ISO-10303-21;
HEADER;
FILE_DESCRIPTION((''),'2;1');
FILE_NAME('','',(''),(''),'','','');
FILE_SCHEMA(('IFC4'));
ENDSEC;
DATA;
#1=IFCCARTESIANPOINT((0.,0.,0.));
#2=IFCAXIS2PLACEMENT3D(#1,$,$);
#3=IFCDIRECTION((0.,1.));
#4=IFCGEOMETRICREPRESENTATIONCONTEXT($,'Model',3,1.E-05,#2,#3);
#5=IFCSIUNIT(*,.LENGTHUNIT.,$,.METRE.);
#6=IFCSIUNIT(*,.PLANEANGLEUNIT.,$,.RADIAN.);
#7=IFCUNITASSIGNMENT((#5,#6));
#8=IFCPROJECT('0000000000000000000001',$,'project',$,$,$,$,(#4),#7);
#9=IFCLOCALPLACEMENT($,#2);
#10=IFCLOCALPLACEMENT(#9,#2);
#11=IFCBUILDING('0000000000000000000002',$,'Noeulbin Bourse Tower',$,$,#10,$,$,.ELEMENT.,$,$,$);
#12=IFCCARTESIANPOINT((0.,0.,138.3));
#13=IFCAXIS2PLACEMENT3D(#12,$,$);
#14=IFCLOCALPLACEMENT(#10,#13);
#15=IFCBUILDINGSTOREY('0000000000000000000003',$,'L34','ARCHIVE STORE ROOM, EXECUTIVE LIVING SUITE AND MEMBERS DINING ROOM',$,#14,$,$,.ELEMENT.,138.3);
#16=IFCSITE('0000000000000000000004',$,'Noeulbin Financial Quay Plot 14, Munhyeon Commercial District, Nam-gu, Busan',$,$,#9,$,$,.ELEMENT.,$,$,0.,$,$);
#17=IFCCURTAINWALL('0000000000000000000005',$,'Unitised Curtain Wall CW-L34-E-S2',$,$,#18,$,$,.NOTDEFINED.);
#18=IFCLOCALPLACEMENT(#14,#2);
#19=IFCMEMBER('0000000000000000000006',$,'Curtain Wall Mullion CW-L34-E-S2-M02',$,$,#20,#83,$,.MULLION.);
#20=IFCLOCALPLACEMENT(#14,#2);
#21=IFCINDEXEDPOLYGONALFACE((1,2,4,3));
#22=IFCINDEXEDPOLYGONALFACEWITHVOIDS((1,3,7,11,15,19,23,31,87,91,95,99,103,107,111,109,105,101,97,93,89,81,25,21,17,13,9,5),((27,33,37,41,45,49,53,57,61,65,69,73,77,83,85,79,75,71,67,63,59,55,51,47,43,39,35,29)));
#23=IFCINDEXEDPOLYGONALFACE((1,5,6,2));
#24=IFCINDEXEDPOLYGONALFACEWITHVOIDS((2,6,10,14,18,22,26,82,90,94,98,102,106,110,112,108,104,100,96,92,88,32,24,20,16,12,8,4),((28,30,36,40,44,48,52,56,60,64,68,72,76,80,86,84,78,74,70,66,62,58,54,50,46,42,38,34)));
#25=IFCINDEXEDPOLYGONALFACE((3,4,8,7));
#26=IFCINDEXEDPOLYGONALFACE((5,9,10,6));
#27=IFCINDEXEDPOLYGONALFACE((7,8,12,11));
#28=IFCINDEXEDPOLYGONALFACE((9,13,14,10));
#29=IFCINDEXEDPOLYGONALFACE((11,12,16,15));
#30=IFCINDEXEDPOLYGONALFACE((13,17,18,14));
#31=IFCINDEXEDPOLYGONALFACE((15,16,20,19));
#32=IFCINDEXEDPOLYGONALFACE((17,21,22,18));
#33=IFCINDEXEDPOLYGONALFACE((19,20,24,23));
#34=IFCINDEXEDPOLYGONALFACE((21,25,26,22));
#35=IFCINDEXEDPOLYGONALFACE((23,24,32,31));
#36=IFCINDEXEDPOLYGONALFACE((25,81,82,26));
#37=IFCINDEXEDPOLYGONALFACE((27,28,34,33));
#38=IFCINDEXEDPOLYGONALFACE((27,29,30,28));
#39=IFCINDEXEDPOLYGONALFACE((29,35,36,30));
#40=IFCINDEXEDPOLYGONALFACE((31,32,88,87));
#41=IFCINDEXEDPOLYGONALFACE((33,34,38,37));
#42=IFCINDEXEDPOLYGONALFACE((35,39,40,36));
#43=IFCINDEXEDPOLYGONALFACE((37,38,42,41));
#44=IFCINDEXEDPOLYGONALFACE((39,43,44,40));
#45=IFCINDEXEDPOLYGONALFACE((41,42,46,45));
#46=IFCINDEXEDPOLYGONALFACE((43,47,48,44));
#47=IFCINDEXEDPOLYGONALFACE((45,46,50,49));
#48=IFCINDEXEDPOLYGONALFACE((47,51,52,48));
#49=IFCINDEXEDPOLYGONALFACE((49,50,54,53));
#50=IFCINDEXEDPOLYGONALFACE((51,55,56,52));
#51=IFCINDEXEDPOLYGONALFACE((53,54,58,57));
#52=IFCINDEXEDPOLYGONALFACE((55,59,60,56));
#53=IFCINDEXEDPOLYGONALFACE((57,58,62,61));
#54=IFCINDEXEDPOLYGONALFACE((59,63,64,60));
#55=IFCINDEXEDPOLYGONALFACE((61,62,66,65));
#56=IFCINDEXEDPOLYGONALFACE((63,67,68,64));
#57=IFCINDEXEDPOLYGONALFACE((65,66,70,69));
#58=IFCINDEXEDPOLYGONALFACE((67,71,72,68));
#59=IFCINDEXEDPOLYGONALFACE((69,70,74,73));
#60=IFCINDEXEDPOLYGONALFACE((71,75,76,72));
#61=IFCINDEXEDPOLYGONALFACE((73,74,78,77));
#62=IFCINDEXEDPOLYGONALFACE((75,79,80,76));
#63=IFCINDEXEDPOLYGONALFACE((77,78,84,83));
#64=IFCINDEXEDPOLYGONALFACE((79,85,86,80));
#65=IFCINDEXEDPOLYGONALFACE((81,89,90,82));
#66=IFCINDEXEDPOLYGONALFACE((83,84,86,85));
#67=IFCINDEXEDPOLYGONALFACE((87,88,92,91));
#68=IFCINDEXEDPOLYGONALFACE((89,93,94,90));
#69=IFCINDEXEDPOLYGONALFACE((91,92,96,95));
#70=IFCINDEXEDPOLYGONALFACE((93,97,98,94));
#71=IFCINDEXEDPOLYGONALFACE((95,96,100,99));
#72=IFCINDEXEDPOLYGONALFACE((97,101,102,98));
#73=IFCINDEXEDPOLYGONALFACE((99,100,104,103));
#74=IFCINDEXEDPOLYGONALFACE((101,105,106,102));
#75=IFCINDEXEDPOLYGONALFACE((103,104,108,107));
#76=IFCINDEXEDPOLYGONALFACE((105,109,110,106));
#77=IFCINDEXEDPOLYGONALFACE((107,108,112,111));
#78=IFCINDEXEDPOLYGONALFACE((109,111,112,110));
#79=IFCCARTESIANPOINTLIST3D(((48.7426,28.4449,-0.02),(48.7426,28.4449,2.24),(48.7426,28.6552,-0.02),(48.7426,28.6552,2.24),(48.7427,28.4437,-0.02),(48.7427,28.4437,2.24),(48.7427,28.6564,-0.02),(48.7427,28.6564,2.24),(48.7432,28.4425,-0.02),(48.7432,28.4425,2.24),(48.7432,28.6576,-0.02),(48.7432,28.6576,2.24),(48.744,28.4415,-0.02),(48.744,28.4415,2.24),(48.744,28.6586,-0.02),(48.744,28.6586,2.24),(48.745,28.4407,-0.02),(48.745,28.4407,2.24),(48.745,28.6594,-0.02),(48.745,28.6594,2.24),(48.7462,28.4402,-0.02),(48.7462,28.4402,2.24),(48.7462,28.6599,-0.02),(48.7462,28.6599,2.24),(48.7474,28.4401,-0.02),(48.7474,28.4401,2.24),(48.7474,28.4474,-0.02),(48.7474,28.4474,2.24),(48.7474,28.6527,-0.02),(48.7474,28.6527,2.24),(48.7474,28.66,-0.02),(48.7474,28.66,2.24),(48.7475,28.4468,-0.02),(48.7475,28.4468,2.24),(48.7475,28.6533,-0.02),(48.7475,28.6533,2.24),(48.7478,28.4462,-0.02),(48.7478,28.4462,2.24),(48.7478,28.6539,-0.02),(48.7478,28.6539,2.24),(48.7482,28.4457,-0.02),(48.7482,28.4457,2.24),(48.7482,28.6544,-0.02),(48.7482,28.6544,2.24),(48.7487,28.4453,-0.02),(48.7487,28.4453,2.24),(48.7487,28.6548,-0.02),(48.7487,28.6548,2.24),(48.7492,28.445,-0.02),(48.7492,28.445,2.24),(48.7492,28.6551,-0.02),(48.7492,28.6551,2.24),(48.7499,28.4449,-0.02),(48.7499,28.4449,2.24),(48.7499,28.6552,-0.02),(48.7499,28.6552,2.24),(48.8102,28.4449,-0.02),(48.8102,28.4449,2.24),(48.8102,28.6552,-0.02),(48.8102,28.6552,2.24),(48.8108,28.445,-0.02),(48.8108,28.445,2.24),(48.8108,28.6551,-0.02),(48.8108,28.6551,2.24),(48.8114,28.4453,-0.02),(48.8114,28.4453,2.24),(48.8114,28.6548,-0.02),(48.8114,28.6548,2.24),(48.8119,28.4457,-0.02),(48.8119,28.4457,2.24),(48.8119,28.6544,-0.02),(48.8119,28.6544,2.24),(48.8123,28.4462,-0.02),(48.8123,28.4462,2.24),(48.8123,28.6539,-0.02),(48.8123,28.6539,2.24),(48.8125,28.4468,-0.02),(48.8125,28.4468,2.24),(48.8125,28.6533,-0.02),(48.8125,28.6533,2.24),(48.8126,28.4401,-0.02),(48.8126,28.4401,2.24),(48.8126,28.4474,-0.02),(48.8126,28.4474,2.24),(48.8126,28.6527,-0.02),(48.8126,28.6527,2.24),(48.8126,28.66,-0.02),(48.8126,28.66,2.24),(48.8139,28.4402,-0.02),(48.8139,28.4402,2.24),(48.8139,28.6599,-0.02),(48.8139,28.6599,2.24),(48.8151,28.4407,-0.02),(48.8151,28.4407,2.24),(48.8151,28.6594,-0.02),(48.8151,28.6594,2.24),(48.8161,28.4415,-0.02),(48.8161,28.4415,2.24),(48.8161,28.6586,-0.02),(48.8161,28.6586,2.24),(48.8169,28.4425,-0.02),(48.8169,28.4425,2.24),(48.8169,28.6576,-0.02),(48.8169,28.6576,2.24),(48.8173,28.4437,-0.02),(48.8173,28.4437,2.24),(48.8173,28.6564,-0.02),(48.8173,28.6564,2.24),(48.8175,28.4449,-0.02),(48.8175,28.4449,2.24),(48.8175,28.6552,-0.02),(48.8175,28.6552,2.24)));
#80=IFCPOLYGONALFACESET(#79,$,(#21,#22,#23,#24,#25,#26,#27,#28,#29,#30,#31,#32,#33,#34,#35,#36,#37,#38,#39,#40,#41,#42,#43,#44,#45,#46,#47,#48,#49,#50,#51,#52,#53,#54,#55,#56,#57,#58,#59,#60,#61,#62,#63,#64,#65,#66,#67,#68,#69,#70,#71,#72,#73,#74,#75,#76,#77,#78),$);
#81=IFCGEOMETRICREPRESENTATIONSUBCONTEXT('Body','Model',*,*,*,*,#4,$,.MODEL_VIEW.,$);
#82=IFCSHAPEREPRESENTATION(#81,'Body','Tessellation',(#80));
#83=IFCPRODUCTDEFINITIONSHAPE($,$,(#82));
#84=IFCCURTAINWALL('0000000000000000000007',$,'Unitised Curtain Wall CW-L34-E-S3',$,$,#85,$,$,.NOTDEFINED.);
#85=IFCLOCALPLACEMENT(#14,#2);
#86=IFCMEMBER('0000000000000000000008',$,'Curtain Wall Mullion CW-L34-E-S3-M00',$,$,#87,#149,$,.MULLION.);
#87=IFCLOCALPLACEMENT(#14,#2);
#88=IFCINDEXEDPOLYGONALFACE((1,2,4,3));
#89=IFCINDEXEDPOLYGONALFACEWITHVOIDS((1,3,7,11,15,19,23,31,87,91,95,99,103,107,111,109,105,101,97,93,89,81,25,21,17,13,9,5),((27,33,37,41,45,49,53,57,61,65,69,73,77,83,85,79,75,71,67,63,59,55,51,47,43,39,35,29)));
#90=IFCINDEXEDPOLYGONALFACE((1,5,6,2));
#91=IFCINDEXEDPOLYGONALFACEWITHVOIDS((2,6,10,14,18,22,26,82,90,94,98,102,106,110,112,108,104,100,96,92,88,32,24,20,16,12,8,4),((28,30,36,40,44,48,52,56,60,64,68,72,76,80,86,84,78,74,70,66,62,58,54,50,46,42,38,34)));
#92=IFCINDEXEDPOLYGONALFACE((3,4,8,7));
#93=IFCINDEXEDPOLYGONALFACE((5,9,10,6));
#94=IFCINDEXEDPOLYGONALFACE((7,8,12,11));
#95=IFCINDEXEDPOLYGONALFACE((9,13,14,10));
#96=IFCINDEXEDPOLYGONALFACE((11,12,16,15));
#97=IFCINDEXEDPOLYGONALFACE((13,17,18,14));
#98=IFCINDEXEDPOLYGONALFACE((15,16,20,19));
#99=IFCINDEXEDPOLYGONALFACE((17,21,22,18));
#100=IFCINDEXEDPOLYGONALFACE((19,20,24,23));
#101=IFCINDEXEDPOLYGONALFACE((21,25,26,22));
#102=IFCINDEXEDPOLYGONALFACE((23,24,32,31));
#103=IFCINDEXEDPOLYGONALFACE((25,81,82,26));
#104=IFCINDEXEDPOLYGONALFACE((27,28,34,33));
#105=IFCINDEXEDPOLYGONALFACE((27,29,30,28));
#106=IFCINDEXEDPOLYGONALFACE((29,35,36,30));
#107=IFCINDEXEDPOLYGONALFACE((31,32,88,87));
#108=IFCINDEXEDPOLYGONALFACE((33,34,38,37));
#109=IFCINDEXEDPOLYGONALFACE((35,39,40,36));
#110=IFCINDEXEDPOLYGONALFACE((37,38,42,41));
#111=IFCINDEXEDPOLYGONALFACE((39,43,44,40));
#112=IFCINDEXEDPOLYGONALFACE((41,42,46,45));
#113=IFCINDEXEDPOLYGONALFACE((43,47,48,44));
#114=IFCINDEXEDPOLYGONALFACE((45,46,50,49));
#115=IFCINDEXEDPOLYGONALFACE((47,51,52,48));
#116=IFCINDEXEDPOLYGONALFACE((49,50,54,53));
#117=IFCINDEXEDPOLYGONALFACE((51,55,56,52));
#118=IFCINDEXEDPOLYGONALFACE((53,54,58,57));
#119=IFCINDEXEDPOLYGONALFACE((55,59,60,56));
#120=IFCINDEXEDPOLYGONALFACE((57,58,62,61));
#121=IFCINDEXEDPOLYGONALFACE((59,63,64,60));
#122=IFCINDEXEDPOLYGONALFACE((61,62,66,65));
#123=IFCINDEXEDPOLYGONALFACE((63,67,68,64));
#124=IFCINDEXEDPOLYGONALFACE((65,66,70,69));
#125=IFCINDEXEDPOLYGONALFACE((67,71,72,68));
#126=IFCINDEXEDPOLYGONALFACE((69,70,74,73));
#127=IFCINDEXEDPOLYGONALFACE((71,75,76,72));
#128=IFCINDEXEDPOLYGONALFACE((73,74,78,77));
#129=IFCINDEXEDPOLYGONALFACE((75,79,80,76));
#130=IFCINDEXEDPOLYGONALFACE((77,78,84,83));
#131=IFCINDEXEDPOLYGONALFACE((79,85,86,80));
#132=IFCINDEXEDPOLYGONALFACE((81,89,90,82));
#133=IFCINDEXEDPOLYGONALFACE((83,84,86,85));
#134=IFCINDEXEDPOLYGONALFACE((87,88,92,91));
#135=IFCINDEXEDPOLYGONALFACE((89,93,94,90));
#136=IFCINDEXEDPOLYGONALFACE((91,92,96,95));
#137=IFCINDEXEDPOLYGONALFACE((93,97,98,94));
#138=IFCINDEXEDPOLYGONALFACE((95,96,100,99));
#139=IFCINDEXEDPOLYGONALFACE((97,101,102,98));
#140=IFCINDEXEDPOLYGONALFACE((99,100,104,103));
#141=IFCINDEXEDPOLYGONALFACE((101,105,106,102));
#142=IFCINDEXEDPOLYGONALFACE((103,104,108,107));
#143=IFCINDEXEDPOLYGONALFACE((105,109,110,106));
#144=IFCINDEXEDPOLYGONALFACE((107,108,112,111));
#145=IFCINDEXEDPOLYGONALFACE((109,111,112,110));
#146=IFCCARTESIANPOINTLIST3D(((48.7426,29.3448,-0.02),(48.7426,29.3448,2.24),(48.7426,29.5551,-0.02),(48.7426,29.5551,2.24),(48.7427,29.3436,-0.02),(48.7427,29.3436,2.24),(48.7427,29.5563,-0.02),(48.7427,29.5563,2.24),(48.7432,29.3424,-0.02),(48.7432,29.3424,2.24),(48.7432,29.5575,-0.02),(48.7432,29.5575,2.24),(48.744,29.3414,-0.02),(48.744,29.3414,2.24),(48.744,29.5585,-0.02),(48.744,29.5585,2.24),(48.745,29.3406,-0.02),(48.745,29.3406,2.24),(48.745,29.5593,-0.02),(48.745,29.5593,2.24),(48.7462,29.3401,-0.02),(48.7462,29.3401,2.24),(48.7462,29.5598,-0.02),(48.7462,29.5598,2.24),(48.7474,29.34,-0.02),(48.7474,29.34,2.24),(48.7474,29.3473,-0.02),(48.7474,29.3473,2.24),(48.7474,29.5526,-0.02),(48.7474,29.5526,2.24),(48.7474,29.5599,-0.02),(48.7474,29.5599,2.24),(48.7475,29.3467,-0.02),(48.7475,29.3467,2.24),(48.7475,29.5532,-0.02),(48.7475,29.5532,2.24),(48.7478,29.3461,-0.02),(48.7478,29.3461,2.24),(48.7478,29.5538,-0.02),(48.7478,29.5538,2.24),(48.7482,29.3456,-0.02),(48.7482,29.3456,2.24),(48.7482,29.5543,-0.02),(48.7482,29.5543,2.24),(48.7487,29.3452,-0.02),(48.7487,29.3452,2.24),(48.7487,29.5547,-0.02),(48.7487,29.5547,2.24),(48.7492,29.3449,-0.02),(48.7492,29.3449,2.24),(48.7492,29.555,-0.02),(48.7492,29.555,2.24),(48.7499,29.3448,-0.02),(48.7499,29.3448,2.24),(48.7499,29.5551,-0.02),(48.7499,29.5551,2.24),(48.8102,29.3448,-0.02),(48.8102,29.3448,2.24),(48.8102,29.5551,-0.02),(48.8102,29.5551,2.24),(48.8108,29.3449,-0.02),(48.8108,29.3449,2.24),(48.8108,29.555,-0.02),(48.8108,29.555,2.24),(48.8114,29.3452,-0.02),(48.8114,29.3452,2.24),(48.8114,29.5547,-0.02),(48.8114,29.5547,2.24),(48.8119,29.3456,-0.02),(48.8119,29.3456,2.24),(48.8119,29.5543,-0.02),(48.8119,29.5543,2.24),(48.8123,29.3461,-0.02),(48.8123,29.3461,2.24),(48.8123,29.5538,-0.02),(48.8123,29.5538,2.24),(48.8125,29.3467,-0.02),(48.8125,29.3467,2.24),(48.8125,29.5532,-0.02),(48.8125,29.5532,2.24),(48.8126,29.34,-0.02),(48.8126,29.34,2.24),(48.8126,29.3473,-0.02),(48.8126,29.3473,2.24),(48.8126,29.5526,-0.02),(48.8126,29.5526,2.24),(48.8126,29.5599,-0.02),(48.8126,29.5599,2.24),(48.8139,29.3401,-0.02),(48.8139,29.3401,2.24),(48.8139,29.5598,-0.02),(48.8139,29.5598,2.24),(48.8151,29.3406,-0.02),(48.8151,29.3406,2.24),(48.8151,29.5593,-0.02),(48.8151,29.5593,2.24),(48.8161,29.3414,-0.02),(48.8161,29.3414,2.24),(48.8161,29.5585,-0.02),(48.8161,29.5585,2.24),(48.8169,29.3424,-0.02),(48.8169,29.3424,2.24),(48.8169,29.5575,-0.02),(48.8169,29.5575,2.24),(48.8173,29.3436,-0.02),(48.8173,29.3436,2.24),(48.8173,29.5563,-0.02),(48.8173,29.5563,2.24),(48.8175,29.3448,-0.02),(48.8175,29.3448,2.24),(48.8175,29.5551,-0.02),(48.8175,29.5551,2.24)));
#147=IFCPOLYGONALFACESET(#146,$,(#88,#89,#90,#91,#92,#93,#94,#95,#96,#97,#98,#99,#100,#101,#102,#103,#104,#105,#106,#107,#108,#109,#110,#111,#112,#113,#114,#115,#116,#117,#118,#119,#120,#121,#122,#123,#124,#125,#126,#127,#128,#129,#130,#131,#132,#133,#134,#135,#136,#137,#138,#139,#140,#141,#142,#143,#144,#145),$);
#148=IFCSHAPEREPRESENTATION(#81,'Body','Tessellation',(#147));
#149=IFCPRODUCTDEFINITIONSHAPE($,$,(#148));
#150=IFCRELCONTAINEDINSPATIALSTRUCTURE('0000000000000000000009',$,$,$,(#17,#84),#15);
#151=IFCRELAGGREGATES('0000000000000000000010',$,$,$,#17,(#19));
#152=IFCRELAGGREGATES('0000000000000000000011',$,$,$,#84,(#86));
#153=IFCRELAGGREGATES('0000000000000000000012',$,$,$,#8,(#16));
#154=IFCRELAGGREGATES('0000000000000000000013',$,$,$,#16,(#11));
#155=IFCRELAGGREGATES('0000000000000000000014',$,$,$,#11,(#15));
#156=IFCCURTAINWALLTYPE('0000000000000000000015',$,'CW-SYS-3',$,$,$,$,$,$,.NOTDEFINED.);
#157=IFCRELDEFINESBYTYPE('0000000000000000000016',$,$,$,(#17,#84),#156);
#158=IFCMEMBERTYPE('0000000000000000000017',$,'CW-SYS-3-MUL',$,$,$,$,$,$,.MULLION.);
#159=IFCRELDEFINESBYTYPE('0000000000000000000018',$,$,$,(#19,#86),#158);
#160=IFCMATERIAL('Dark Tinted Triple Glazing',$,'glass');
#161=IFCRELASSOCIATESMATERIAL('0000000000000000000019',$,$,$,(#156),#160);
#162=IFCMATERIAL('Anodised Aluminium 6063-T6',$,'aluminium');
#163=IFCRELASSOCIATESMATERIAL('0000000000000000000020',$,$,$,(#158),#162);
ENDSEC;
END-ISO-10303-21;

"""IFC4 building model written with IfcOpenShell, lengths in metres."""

from ifc_helpers import new_model, si_unit, direction, frame, origin, origin_2d, place, context, subcontext, project, spatial, hollow_rectangle, extrude, material, material_profile, profile_set, type_object, element, aggregate, save


model = new_model("IFC4")

# Units and contexts
model_context = context("Model", 3, precision=1e-05, world=origin(), true_north=direction((0.0, 1.0)))
body_context = subcontext(model_context, "Body", "Model", "MODEL_VIEW")
ifc_project = project(units=[si_unit("LENGTHUNIT", "METRE"), si_unit("PLANEANGLEUNIT", "RADIAN")], contexts=[model_context])

# Site, building, storey
site_placement = place(None, origin())
site = spatial("IfcSite", under=ifc_project, at=site_placement, Name="Noeulbin Financial Quay Plot 14, Munhyeon Commercial District, Nam-gu, Busan", CompositionType="ELEMENT", RefElevation=0.0)
building_placement = place(site_placement, origin())
building = spatial("IfcBuilding", under=site, at=building_placement, Name="Noeulbin Bourse Tower", CompositionType="ELEMENT")
storey_placement = place(building_placement, frame((0.0, 0.0, 138.3)))
storey = spatial("IfcBuildingStorey", under=building, at=storey_placement, Name="L34", Description="ARCHIVE STORE ROOM, EXECUTIVE LIVING SUITE AND MEMBERS DINING ROOM", CompositionType="ELEMENT", Elevation=138.3)

# Curtain walls, members
ifc_material_1 = material(Name="Dark Tinted Triple Glazing", Category="glass")
curtain_wall_type = type_object("IfcCurtainWallType", Name="CW-SYS-3", PredefinedType="NOTDEFINED", material=ifc_material_1)
curtain_wall_1_placement = place(storey_placement, origin())
curtain_wall_1 = element("IfcCurtainWall", 1, at=curtain_wall_1_placement, inside=storey, type_object=curtain_wall_type, Name="Unitised Curtain Wall CW-L34-E-S2", PredefinedType="NOTDEFINED")
ifc_material_2 = material(Name="Anodised Aluminium 6063-T6", Category="aluminium")
ifc_material_profile_1 = material_profile(ifc_material_2, hollow_rectangle(XDim=0.075, YDim=0.22, WallThickness=0.0049, InnerFilletRadius=0.0024, OuterFilletRadius=0.0049, at=origin_2d()), Name="ALU-MULL-75x220x5", Category="LoadBearing")
ifc_profile_set_1 = profile_set([ifc_material_profile_1], Name="Anodised Aluminium 6063-T6")
member_type_1 = type_object("IfcMemberType", Name="CW-SYS-3-MUL", PredefinedType="MULLION", material=ifc_profile_set_1)
member_1_placement = place(storey_placement, frame((48.78, 28.55, -0.02), z_axis=(0.0, 0.0, 1.0), x_axis=(1.0, 0.0, 0.0)))
member_1 = element("IfcMember", 2, at=member_1_placement, type_object=member_type_1, Name="Curtain Wall Mullion CW-L34-E-S2-M02", PredefinedType="MULLION", context=body_context, shape_type="SweptSolid", body=[
    extrude(hollow_rectangle(XDim=0.075, YDim=0.22, WallThickness=0.0049, InnerFilletRadius=0.0024, OuterFilletRadius=0.0049, at=origin_2d()), origin(), (0.0, 0.0, 1.0), 2.26),
])
curtain_wall_2_placement = place(storey_placement, origin())
curtain_wall_2 = element("IfcCurtainWall", 3, at=curtain_wall_2_placement, inside=storey, type_object=curtain_wall_type, Name="Unitised Curtain Wall CW-L34-E-S3", PredefinedType="NOTDEFINED")
member_2_placement = place(storey_placement, frame((48.78, 29.45, -0.02), z_axis=(0.0, 0.0, 1.0), x_axis=(1.0, 0.0, 0.0)))
member_2 = element("IfcMember", 4, at=member_2_placement, type_object=member_type_1, Name="Curtain Wall Mullion CW-L34-E-S3-M00", PredefinedType="MULLION", context=body_context, shape_type="SweptSolid", body=[
    extrude(hollow_rectangle(XDim=0.075, YDim=0.22, WallThickness=0.0049, InnerFilletRadius=0.0024, OuterFilletRadius=0.0049, at=origin_2d()), origin(), (0.0, 0.0, 1.0), 2.26),
])

aggregate(curtain_wall_1, [member_1])
aggregate(curtain_wall_2, [member_2])

save(model, "model.ifc")
